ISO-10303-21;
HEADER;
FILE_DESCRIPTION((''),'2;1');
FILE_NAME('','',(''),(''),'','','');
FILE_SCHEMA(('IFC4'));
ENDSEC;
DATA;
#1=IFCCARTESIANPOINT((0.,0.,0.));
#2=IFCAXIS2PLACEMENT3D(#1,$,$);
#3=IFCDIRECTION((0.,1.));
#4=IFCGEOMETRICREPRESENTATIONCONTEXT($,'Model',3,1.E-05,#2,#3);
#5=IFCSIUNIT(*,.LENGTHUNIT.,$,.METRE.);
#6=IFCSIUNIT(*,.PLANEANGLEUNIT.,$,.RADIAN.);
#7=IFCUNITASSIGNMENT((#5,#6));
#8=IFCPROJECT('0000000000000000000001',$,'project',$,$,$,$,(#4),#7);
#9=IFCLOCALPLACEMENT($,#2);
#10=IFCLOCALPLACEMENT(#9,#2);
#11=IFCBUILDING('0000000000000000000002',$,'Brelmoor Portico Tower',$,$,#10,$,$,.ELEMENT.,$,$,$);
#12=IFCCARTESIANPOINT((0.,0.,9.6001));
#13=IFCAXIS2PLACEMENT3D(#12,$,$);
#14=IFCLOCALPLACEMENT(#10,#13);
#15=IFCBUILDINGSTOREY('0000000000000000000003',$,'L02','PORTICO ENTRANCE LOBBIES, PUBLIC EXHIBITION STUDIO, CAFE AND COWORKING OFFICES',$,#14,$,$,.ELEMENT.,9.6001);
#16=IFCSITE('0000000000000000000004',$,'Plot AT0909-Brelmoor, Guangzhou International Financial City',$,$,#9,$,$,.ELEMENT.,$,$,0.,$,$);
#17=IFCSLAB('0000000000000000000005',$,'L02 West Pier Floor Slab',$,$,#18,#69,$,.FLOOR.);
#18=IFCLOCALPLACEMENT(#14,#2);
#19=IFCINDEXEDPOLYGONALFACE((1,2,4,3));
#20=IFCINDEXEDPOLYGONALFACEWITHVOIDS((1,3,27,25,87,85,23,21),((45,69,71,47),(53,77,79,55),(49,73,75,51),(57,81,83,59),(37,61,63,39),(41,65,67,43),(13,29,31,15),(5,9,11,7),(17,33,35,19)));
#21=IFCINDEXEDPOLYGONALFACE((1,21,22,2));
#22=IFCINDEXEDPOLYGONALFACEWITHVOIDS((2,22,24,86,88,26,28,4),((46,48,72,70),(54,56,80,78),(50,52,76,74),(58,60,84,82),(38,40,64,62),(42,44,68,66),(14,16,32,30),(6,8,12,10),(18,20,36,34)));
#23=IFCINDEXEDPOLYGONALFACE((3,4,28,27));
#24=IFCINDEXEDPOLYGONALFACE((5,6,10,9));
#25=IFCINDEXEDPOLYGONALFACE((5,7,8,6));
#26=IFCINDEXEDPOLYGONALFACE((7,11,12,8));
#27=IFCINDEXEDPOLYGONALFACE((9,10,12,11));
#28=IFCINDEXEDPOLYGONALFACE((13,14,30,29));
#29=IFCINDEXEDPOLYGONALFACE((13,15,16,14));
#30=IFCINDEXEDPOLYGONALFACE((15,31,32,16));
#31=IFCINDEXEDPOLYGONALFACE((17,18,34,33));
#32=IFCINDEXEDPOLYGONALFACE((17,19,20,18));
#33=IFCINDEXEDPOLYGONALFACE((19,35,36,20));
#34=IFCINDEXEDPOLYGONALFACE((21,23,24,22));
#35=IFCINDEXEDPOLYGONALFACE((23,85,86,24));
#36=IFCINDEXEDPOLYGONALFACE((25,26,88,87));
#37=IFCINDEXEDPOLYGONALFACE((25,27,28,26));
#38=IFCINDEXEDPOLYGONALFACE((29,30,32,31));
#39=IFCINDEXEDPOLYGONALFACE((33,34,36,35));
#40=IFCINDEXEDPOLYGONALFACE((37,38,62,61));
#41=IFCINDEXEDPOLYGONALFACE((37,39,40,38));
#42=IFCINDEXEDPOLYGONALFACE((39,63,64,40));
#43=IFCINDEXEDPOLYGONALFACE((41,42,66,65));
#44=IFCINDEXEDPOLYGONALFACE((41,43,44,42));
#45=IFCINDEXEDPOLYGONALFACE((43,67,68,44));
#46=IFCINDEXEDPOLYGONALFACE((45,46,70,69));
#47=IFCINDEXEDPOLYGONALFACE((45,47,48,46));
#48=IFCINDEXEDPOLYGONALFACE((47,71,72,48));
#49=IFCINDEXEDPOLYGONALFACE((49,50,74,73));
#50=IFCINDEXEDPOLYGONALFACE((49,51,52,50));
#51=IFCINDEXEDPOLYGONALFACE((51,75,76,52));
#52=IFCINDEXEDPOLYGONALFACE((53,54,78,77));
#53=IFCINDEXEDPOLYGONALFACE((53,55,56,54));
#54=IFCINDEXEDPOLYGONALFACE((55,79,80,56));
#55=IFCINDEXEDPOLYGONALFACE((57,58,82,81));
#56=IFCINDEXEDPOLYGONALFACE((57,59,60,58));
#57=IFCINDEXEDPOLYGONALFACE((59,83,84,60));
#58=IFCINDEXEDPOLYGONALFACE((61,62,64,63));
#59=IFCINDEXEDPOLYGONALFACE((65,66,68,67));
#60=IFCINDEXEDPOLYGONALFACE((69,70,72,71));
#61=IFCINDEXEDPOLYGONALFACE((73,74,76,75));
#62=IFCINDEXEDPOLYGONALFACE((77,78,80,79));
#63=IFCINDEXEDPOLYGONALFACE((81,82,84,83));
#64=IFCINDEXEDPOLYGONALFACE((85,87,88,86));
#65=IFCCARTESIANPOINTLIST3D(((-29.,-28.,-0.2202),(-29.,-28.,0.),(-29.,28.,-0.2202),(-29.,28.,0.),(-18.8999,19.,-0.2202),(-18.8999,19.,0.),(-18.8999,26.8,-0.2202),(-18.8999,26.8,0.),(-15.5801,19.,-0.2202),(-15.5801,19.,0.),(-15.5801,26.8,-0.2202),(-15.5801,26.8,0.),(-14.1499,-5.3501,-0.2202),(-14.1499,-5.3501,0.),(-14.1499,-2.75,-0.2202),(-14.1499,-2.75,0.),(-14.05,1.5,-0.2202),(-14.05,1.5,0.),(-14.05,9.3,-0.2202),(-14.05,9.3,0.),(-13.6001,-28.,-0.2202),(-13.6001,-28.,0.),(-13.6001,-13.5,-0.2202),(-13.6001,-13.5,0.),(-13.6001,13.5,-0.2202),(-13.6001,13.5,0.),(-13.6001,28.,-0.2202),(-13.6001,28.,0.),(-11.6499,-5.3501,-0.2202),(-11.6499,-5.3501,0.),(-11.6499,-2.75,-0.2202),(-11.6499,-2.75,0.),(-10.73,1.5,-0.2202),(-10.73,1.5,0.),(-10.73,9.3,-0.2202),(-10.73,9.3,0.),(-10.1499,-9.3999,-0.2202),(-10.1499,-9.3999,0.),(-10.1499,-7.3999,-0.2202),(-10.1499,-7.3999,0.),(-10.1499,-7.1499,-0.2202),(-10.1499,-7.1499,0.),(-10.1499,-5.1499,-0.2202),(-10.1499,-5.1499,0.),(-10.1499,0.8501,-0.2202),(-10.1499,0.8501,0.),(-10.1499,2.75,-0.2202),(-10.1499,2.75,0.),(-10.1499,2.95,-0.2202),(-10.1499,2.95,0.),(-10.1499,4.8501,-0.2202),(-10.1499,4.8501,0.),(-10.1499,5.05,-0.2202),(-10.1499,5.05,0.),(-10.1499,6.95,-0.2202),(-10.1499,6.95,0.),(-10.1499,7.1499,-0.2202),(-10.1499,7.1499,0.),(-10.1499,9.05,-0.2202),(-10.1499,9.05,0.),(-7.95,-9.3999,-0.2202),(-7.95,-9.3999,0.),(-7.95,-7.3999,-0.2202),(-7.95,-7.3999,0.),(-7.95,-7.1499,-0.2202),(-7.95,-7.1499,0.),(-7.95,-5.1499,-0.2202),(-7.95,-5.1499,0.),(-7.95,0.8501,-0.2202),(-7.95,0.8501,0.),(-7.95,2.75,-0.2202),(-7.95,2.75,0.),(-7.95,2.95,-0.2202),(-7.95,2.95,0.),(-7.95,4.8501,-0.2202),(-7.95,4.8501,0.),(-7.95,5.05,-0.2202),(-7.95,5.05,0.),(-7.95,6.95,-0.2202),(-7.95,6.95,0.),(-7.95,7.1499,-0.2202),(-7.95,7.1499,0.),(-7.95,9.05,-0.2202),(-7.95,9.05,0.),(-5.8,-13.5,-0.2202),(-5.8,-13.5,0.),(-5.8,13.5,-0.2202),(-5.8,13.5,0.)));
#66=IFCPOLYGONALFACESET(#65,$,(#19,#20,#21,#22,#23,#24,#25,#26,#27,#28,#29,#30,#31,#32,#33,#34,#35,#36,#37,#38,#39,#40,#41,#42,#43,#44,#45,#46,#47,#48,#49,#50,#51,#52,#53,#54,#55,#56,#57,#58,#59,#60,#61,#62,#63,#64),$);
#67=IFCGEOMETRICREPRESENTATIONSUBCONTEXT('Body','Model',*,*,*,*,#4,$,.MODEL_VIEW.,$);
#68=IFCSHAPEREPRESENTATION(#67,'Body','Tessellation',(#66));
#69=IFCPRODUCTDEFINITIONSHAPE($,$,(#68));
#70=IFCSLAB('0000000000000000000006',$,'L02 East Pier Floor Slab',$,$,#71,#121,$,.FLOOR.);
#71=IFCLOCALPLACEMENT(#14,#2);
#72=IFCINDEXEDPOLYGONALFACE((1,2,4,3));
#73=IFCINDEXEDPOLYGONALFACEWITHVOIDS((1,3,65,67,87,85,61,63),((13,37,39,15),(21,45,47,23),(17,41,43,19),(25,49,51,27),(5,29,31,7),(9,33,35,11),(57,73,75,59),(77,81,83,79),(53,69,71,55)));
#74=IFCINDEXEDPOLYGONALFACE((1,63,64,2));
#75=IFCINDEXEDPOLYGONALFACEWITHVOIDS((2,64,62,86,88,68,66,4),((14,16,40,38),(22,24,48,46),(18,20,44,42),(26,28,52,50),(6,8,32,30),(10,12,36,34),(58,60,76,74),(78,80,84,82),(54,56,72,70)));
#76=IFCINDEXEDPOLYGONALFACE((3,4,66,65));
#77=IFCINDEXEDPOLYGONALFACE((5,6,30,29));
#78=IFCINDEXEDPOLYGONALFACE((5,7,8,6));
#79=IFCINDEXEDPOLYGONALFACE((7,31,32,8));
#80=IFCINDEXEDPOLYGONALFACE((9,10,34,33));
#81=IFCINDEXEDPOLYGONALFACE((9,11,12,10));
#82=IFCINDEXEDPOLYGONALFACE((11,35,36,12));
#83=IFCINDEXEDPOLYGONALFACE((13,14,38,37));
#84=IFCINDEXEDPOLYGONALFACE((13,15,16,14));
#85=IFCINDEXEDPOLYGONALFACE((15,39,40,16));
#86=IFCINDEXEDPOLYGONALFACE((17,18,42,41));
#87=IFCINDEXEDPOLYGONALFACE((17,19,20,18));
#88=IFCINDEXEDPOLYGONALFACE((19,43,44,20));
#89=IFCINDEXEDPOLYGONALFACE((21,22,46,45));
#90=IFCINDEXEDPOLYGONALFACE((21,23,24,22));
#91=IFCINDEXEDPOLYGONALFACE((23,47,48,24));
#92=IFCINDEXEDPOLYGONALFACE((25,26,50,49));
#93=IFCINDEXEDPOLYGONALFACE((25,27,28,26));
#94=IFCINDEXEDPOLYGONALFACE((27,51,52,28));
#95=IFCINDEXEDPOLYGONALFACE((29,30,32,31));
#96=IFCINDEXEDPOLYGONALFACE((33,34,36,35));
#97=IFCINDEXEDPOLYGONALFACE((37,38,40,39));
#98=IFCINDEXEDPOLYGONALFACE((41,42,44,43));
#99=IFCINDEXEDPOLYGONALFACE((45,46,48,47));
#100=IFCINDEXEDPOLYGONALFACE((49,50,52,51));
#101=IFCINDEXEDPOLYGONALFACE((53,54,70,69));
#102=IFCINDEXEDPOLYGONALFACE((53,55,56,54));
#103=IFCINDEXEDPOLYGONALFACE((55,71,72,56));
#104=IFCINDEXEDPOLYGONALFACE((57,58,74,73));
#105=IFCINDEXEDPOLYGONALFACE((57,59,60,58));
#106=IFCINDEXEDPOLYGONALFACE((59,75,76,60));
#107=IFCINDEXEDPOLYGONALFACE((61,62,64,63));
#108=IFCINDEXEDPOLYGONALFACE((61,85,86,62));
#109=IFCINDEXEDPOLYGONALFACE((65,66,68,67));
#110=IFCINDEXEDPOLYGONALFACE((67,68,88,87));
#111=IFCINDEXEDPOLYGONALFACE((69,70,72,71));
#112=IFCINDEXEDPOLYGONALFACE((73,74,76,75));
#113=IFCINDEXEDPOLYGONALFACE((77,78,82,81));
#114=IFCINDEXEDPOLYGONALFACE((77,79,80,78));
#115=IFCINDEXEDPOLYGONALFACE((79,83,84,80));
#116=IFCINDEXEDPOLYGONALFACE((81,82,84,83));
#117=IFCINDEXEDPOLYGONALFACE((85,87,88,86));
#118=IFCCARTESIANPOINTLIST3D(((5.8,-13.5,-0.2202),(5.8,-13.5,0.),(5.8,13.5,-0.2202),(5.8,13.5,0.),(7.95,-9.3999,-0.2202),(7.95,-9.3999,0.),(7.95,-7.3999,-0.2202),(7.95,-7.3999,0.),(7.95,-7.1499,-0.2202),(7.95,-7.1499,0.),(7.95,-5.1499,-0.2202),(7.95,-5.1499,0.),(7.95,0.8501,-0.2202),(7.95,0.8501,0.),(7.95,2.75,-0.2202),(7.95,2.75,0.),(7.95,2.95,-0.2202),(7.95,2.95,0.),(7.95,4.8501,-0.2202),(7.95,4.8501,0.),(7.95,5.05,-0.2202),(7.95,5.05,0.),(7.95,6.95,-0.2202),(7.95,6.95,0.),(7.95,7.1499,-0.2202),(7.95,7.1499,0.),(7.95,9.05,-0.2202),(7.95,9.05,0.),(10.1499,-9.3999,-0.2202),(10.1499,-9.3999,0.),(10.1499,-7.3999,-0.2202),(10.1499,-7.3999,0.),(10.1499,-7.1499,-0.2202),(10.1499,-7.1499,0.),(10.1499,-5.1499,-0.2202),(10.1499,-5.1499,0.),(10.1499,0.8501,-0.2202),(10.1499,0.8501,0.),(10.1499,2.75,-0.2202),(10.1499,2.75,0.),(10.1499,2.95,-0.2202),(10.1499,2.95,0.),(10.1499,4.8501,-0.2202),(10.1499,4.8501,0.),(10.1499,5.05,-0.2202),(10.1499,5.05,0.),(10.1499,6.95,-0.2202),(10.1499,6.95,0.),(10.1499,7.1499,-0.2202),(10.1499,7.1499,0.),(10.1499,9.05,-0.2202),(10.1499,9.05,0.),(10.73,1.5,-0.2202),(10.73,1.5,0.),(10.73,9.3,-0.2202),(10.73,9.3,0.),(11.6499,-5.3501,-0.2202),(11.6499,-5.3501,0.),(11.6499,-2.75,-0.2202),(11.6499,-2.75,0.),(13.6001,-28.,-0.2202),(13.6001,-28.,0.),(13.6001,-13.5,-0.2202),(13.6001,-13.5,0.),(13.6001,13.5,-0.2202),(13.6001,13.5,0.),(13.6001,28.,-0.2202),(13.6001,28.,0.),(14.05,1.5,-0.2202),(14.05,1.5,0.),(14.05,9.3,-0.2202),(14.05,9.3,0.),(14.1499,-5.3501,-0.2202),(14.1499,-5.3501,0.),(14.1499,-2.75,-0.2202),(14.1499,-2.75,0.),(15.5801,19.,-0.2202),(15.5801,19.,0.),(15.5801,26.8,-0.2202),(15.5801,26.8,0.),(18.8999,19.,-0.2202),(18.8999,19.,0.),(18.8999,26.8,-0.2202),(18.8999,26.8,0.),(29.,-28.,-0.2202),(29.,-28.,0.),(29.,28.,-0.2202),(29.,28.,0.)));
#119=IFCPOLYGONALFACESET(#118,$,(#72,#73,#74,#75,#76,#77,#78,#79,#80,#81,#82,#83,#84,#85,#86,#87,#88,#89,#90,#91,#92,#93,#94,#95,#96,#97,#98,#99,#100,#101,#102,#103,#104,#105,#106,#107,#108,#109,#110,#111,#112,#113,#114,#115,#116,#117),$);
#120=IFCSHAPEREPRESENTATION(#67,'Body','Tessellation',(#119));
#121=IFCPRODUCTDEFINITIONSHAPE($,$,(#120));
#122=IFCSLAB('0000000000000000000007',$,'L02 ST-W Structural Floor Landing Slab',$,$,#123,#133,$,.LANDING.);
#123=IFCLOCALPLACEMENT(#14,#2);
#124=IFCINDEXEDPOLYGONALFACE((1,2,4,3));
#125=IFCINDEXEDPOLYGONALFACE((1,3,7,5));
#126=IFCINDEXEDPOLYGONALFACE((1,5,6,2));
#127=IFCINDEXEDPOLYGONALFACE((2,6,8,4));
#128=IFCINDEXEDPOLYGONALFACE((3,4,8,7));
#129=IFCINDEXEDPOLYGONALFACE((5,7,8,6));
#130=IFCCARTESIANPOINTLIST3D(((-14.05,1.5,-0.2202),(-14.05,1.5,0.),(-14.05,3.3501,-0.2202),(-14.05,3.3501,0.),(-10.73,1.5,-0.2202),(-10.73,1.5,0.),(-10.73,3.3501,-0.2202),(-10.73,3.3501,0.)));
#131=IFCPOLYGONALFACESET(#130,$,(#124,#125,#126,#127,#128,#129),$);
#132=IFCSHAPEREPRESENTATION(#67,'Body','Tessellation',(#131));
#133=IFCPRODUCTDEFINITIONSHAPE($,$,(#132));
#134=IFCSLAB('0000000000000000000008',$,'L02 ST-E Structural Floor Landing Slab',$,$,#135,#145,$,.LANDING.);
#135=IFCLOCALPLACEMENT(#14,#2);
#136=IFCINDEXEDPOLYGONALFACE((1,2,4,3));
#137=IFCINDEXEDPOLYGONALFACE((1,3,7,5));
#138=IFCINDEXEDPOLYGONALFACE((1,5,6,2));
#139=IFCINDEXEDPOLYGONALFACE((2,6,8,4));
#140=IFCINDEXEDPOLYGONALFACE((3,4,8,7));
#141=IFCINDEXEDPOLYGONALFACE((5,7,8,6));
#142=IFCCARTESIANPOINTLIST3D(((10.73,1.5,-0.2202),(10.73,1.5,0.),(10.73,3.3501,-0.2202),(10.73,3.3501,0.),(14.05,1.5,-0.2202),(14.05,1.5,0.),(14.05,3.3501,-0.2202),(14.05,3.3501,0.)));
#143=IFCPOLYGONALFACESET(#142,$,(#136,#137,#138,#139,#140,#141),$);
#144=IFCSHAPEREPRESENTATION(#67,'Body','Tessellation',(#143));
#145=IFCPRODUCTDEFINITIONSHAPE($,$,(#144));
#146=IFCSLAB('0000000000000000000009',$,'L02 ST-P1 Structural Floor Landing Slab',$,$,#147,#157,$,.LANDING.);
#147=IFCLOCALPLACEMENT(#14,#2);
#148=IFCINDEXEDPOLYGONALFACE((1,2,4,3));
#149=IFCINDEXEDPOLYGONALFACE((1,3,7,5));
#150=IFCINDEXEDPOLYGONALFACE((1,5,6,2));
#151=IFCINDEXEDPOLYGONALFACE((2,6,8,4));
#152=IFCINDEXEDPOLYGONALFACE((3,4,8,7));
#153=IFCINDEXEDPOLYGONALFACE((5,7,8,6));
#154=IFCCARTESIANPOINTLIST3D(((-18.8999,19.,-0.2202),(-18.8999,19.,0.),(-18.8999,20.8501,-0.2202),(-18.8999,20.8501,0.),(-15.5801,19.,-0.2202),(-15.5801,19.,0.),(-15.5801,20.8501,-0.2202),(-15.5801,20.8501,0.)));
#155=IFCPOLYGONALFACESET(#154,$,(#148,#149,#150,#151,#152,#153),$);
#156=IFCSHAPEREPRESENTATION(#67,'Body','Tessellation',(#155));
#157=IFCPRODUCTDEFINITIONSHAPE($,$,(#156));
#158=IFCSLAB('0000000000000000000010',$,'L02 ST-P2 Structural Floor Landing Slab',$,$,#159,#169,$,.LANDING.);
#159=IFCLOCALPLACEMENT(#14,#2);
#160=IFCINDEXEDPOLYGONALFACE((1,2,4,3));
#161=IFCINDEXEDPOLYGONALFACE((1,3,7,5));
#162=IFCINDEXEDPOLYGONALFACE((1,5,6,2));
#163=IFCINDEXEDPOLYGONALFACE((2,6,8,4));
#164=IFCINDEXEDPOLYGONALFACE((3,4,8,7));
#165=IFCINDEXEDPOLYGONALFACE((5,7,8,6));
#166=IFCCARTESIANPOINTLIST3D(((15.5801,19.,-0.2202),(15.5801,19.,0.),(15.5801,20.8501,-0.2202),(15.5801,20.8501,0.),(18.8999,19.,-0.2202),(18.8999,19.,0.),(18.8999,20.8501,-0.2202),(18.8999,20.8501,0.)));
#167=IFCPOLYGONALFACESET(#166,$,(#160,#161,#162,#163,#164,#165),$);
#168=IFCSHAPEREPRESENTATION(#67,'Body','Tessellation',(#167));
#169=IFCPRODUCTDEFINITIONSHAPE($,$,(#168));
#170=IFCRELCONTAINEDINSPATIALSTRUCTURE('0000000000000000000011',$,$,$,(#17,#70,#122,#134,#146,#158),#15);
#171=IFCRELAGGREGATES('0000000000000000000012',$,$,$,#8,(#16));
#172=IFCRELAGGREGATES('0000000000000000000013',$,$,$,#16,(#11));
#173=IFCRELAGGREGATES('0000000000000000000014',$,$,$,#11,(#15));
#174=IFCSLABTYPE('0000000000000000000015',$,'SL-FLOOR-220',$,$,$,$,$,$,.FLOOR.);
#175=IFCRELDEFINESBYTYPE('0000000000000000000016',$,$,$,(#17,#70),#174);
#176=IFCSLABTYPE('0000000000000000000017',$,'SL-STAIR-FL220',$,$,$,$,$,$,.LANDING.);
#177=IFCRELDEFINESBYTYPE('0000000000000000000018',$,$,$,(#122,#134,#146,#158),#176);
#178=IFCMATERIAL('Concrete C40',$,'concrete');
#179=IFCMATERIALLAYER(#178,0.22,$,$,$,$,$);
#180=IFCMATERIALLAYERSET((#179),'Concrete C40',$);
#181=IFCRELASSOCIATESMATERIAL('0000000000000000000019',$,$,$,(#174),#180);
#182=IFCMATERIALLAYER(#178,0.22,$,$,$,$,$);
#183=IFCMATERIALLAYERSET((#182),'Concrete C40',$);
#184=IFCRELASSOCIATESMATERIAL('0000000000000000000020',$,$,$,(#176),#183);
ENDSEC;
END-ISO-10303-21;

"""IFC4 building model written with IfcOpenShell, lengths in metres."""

from ifc_helpers import new_model, si_unit, direction, frame, origin, place, context, subcontext, project, spatial, polyline, outline, extrude, material, layer, layer_set, type_object, element, save


model = new_model("IFC4")

# Units and contexts
model_context = context("Model", 3, precision=1e-05, world=origin(), true_north=direction((0.0, 1.0)))
body_context = subcontext(model_context, "Body", "Model", "MODEL_VIEW")
ifc_project = project(units=[si_unit("LENGTHUNIT", "METRE"), si_unit("PLANEANGLEUNIT", "RADIAN")], contexts=[model_context])

# Site, building, storey
site_placement = place(None, origin())
site = spatial("IfcSite", under=ifc_project, at=site_placement, Name="Plot AT0909-Brelmoor, Guangzhou International Financial City", CompositionType="ELEMENT", RefElevation=0.0)
building_placement = place(site_placement, origin())
building = spatial("IfcBuilding", under=site, at=building_placement, Name="Brelmoor Portico Tower", CompositionType="ELEMENT")
storey_placement = place(building_placement, frame((0.0, 0.0, 9.6001)))
storey = spatial("IfcBuildingStorey", under=building, at=storey_placement, Name="L02", Description="PORTICO ENTRANCE LOBBIES, PUBLIC EXHIBITION STUDIO, CAFE AND COWORKING OFFICES", CompositionType="ELEMENT", Elevation=9.6001)

# Slabs
ifc_material_1 = material(Name="Concrete C40", Category="concrete")
ifc_layer_1 = layer(ifc_material_1, 0.22)
ifc_layer_set_1 = layer_set([ifc_layer_1], Name="Concrete C40")
slab_type_1 = type_object("IfcSlabType", Name="SL-FLOOR-220", PredefinedType="FLOOR", material=ifc_layer_set_1)
slab_1_placement = place(storey_placement, frame((0.0, 0.0, -0.2202)))
element("IfcSlab", 1, at=slab_1_placement, inside=storey, type_object=slab_type_1, Name="L02 West Pier Floor Slab", PredefinedType="FLOOR", context=body_context, shape_type="SweptSolid", body=[
    extrude(outline(polyline([(-29.0, -28.0), (-13.6001, -28.0), (-13.6001, -13.5), (-5.8, -13.5), (-5.8, 13.5), (-13.6001, 13.5), (-13.6001, 28.0), (-29.0, 28.0), (-29.0, -28.0)]), holes=[polyline([(-10.73, 1.5), (-10.73, 9.3), (-14.05, 9.3), (-14.05, 1.5), (-10.73, 1.5)]), polyline([(-15.5801, 19.0), (-15.5801, 26.8), (-18.8999, 26.8), (-18.8999, 19.0), (-15.5801, 19.0)]), polyline([(-10.1499, 0.8501), (-7.95, 0.8501), (-7.95, 2.75), (-10.1499, 2.75), (-10.1499, 0.8501)]), polyline([(-10.1499, 2.95), (-7.95, 2.95), (-7.95, 4.8501), (-10.1499, 4.8501), (-10.1499, 2.95)]), polyline([(-10.1499, 5.05), (-7.95, 5.05), (-7.95, 6.95), (-10.1499, 6.95), (-10.1499, 5.05)]), polyline([(-10.1499, 7.1499), (-7.95, 7.1499), (-7.95, 9.05), (-10.1499, 9.05), (-10.1499, 7.1499)]), polyline([(-10.1499, -9.3999), (-7.95, -9.3999), (-7.95, -7.3999), (-10.1499, -7.3999), (-10.1499, -9.3999)]), polyline([(-10.1499, -7.1499), (-7.95, -7.1499), (-7.95, -5.1499), (-10.1499, -5.1499), (-10.1499, -7.1499)]), polyline([(-14.1499, -5.3501), (-11.6499, -5.3501), (-11.6499, -2.75), (-14.1499, -2.75), (-14.1499, -5.3501)])]), origin(), (0.0, 0.0, 1.0), 0.2202),
])
slab_2_placement = place(storey_placement, frame((0.0, 0.0, -0.2202)))
element("IfcSlab", 2, at=slab_2_placement, inside=storey, type_object=slab_type_1, Name="L02 East Pier Floor Slab", PredefinedType="FLOOR", context=body_context, shape_type="SweptSolid", body=[
    extrude(outline(polyline([(13.6001, -28.0), (29.0, -28.0), (29.0, 28.0), (13.6001, 28.0), (13.6001, 13.5), (5.8, 13.5), (5.8, -13.5), (13.6001, -13.5), (13.6001, -28.0)]), holes=[polyline([(14.05, 1.5), (14.05, 9.3), (10.73, 9.3), (10.73, 1.5), (14.05, 1.5)]), polyline([(18.8999, 19.0), (18.8999, 26.8), (15.5801, 26.8), (15.5801, 19.0), (18.8999, 19.0)]), polyline([(7.95, 0.8501), (10.1499, 0.8501), (10.1499, 2.75), (7.95, 2.75), (7.95, 0.8501)]), polyline([(7.95, 2.95), (10.1499, 2.95), (10.1499, 4.8501), (7.95, 4.8501), (7.95, 2.95)]), polyline([(7.95, 5.05), (10.1499, 5.05), (10.1499, 6.95), (7.95, 6.95), (7.95, 5.05)]), polyline([(7.95, 7.1499), (10.1499, 7.1499), (10.1499, 9.05), (7.95, 9.05), (7.95, 7.1499)]), polyline([(7.95, -9.3999), (10.1499, -9.3999), (10.1499, -7.3999), (7.95, -7.3999), (7.95, -9.3999)]), polyline([(7.95, -7.1499), (10.1499, -7.1499), (10.1499, -5.1499), (7.95, -5.1499), (7.95, -7.1499)]), polyline([(11.6499, -5.3501), (14.1499, -5.3501), (14.1499, -2.75), (11.6499, -2.75), (11.6499, -5.3501)])]), origin(), (0.0, 0.0, 1.0), 0.2202),
])
ifc_layer_2 = layer(ifc_material_1, 0.22)
ifc_layer_set_2 = layer_set([ifc_layer_2], Name="Concrete C40")
slab_type_2 = type_object("IfcSlabType", Name="SL-STAIR-FL220", PredefinedType="LANDING", material=ifc_layer_set_2)
slab_3_placement = place(storey_placement, frame((0.0, 0.0, -0.2202)))
element("IfcSlab", 3, at=slab_3_placement, inside=storey, type_object=slab_type_2, Name="L02 ST-W Structural Floor Landing Slab", PredefinedType="LANDING", context=body_context, shape_type="SweptSolid", body=[
    extrude(outline(polyline([(-10.73, 1.5), (-10.73, 3.3501), (-14.05, 3.3501), (-14.05, 1.5), (-10.73, 1.5)])), origin(), (0.0, 0.0, 1.0), 0.2202),
])
slab_4_placement = place(storey_placement, frame((0.0, 0.0, -0.2202)))
element("IfcSlab", 4, at=slab_4_placement, inside=storey, type_object=slab_type_2, Name="L02 ST-E Structural Floor Landing Slab", PredefinedType="LANDING", context=body_context, shape_type="SweptSolid", body=[
    extrude(outline(polyline([(14.05, 1.5), (14.05, 3.3501), (10.73, 3.3501), (10.73, 1.5), (14.05, 1.5)])), origin(), (0.0, 0.0, 1.0), 0.2202),
])
slab_5_placement = place(storey_placement, frame((0.0, 0.0, -0.2202)))
element("IfcSlab", 5, at=slab_5_placement, inside=storey, type_object=slab_type_2, Name="L02 ST-P1 Structural Floor Landing Slab", PredefinedType="LANDING", context=body_context, shape_type="SweptSolid", body=[
    extrude(outline(polyline([(-15.5801, 19.0), (-15.5801, 20.8501), (-18.8999, 20.8501), (-18.8999, 19.0), (-15.5801, 19.0)])), origin(), (0.0, 0.0, 1.0), 0.2202),
])
slab_6_placement = place(storey_placement, frame((0.0, 0.0, -0.2202)))
element("IfcSlab", 6, at=slab_6_placement, inside=storey, type_object=slab_type_2, Name="L02 ST-P2 Structural Floor Landing Slab", PredefinedType="LANDING", context=body_context, shape_type="SweptSolid", body=[
    extrude(outline(polyline([(18.8999, 19.0), (18.8999, 20.8501), (15.5801, 20.8501), (15.5801, 19.0), (18.8999, 19.0)])), origin(), (0.0, 0.0, 1.0), 0.2202),
])

save(model, "model.ifc")
